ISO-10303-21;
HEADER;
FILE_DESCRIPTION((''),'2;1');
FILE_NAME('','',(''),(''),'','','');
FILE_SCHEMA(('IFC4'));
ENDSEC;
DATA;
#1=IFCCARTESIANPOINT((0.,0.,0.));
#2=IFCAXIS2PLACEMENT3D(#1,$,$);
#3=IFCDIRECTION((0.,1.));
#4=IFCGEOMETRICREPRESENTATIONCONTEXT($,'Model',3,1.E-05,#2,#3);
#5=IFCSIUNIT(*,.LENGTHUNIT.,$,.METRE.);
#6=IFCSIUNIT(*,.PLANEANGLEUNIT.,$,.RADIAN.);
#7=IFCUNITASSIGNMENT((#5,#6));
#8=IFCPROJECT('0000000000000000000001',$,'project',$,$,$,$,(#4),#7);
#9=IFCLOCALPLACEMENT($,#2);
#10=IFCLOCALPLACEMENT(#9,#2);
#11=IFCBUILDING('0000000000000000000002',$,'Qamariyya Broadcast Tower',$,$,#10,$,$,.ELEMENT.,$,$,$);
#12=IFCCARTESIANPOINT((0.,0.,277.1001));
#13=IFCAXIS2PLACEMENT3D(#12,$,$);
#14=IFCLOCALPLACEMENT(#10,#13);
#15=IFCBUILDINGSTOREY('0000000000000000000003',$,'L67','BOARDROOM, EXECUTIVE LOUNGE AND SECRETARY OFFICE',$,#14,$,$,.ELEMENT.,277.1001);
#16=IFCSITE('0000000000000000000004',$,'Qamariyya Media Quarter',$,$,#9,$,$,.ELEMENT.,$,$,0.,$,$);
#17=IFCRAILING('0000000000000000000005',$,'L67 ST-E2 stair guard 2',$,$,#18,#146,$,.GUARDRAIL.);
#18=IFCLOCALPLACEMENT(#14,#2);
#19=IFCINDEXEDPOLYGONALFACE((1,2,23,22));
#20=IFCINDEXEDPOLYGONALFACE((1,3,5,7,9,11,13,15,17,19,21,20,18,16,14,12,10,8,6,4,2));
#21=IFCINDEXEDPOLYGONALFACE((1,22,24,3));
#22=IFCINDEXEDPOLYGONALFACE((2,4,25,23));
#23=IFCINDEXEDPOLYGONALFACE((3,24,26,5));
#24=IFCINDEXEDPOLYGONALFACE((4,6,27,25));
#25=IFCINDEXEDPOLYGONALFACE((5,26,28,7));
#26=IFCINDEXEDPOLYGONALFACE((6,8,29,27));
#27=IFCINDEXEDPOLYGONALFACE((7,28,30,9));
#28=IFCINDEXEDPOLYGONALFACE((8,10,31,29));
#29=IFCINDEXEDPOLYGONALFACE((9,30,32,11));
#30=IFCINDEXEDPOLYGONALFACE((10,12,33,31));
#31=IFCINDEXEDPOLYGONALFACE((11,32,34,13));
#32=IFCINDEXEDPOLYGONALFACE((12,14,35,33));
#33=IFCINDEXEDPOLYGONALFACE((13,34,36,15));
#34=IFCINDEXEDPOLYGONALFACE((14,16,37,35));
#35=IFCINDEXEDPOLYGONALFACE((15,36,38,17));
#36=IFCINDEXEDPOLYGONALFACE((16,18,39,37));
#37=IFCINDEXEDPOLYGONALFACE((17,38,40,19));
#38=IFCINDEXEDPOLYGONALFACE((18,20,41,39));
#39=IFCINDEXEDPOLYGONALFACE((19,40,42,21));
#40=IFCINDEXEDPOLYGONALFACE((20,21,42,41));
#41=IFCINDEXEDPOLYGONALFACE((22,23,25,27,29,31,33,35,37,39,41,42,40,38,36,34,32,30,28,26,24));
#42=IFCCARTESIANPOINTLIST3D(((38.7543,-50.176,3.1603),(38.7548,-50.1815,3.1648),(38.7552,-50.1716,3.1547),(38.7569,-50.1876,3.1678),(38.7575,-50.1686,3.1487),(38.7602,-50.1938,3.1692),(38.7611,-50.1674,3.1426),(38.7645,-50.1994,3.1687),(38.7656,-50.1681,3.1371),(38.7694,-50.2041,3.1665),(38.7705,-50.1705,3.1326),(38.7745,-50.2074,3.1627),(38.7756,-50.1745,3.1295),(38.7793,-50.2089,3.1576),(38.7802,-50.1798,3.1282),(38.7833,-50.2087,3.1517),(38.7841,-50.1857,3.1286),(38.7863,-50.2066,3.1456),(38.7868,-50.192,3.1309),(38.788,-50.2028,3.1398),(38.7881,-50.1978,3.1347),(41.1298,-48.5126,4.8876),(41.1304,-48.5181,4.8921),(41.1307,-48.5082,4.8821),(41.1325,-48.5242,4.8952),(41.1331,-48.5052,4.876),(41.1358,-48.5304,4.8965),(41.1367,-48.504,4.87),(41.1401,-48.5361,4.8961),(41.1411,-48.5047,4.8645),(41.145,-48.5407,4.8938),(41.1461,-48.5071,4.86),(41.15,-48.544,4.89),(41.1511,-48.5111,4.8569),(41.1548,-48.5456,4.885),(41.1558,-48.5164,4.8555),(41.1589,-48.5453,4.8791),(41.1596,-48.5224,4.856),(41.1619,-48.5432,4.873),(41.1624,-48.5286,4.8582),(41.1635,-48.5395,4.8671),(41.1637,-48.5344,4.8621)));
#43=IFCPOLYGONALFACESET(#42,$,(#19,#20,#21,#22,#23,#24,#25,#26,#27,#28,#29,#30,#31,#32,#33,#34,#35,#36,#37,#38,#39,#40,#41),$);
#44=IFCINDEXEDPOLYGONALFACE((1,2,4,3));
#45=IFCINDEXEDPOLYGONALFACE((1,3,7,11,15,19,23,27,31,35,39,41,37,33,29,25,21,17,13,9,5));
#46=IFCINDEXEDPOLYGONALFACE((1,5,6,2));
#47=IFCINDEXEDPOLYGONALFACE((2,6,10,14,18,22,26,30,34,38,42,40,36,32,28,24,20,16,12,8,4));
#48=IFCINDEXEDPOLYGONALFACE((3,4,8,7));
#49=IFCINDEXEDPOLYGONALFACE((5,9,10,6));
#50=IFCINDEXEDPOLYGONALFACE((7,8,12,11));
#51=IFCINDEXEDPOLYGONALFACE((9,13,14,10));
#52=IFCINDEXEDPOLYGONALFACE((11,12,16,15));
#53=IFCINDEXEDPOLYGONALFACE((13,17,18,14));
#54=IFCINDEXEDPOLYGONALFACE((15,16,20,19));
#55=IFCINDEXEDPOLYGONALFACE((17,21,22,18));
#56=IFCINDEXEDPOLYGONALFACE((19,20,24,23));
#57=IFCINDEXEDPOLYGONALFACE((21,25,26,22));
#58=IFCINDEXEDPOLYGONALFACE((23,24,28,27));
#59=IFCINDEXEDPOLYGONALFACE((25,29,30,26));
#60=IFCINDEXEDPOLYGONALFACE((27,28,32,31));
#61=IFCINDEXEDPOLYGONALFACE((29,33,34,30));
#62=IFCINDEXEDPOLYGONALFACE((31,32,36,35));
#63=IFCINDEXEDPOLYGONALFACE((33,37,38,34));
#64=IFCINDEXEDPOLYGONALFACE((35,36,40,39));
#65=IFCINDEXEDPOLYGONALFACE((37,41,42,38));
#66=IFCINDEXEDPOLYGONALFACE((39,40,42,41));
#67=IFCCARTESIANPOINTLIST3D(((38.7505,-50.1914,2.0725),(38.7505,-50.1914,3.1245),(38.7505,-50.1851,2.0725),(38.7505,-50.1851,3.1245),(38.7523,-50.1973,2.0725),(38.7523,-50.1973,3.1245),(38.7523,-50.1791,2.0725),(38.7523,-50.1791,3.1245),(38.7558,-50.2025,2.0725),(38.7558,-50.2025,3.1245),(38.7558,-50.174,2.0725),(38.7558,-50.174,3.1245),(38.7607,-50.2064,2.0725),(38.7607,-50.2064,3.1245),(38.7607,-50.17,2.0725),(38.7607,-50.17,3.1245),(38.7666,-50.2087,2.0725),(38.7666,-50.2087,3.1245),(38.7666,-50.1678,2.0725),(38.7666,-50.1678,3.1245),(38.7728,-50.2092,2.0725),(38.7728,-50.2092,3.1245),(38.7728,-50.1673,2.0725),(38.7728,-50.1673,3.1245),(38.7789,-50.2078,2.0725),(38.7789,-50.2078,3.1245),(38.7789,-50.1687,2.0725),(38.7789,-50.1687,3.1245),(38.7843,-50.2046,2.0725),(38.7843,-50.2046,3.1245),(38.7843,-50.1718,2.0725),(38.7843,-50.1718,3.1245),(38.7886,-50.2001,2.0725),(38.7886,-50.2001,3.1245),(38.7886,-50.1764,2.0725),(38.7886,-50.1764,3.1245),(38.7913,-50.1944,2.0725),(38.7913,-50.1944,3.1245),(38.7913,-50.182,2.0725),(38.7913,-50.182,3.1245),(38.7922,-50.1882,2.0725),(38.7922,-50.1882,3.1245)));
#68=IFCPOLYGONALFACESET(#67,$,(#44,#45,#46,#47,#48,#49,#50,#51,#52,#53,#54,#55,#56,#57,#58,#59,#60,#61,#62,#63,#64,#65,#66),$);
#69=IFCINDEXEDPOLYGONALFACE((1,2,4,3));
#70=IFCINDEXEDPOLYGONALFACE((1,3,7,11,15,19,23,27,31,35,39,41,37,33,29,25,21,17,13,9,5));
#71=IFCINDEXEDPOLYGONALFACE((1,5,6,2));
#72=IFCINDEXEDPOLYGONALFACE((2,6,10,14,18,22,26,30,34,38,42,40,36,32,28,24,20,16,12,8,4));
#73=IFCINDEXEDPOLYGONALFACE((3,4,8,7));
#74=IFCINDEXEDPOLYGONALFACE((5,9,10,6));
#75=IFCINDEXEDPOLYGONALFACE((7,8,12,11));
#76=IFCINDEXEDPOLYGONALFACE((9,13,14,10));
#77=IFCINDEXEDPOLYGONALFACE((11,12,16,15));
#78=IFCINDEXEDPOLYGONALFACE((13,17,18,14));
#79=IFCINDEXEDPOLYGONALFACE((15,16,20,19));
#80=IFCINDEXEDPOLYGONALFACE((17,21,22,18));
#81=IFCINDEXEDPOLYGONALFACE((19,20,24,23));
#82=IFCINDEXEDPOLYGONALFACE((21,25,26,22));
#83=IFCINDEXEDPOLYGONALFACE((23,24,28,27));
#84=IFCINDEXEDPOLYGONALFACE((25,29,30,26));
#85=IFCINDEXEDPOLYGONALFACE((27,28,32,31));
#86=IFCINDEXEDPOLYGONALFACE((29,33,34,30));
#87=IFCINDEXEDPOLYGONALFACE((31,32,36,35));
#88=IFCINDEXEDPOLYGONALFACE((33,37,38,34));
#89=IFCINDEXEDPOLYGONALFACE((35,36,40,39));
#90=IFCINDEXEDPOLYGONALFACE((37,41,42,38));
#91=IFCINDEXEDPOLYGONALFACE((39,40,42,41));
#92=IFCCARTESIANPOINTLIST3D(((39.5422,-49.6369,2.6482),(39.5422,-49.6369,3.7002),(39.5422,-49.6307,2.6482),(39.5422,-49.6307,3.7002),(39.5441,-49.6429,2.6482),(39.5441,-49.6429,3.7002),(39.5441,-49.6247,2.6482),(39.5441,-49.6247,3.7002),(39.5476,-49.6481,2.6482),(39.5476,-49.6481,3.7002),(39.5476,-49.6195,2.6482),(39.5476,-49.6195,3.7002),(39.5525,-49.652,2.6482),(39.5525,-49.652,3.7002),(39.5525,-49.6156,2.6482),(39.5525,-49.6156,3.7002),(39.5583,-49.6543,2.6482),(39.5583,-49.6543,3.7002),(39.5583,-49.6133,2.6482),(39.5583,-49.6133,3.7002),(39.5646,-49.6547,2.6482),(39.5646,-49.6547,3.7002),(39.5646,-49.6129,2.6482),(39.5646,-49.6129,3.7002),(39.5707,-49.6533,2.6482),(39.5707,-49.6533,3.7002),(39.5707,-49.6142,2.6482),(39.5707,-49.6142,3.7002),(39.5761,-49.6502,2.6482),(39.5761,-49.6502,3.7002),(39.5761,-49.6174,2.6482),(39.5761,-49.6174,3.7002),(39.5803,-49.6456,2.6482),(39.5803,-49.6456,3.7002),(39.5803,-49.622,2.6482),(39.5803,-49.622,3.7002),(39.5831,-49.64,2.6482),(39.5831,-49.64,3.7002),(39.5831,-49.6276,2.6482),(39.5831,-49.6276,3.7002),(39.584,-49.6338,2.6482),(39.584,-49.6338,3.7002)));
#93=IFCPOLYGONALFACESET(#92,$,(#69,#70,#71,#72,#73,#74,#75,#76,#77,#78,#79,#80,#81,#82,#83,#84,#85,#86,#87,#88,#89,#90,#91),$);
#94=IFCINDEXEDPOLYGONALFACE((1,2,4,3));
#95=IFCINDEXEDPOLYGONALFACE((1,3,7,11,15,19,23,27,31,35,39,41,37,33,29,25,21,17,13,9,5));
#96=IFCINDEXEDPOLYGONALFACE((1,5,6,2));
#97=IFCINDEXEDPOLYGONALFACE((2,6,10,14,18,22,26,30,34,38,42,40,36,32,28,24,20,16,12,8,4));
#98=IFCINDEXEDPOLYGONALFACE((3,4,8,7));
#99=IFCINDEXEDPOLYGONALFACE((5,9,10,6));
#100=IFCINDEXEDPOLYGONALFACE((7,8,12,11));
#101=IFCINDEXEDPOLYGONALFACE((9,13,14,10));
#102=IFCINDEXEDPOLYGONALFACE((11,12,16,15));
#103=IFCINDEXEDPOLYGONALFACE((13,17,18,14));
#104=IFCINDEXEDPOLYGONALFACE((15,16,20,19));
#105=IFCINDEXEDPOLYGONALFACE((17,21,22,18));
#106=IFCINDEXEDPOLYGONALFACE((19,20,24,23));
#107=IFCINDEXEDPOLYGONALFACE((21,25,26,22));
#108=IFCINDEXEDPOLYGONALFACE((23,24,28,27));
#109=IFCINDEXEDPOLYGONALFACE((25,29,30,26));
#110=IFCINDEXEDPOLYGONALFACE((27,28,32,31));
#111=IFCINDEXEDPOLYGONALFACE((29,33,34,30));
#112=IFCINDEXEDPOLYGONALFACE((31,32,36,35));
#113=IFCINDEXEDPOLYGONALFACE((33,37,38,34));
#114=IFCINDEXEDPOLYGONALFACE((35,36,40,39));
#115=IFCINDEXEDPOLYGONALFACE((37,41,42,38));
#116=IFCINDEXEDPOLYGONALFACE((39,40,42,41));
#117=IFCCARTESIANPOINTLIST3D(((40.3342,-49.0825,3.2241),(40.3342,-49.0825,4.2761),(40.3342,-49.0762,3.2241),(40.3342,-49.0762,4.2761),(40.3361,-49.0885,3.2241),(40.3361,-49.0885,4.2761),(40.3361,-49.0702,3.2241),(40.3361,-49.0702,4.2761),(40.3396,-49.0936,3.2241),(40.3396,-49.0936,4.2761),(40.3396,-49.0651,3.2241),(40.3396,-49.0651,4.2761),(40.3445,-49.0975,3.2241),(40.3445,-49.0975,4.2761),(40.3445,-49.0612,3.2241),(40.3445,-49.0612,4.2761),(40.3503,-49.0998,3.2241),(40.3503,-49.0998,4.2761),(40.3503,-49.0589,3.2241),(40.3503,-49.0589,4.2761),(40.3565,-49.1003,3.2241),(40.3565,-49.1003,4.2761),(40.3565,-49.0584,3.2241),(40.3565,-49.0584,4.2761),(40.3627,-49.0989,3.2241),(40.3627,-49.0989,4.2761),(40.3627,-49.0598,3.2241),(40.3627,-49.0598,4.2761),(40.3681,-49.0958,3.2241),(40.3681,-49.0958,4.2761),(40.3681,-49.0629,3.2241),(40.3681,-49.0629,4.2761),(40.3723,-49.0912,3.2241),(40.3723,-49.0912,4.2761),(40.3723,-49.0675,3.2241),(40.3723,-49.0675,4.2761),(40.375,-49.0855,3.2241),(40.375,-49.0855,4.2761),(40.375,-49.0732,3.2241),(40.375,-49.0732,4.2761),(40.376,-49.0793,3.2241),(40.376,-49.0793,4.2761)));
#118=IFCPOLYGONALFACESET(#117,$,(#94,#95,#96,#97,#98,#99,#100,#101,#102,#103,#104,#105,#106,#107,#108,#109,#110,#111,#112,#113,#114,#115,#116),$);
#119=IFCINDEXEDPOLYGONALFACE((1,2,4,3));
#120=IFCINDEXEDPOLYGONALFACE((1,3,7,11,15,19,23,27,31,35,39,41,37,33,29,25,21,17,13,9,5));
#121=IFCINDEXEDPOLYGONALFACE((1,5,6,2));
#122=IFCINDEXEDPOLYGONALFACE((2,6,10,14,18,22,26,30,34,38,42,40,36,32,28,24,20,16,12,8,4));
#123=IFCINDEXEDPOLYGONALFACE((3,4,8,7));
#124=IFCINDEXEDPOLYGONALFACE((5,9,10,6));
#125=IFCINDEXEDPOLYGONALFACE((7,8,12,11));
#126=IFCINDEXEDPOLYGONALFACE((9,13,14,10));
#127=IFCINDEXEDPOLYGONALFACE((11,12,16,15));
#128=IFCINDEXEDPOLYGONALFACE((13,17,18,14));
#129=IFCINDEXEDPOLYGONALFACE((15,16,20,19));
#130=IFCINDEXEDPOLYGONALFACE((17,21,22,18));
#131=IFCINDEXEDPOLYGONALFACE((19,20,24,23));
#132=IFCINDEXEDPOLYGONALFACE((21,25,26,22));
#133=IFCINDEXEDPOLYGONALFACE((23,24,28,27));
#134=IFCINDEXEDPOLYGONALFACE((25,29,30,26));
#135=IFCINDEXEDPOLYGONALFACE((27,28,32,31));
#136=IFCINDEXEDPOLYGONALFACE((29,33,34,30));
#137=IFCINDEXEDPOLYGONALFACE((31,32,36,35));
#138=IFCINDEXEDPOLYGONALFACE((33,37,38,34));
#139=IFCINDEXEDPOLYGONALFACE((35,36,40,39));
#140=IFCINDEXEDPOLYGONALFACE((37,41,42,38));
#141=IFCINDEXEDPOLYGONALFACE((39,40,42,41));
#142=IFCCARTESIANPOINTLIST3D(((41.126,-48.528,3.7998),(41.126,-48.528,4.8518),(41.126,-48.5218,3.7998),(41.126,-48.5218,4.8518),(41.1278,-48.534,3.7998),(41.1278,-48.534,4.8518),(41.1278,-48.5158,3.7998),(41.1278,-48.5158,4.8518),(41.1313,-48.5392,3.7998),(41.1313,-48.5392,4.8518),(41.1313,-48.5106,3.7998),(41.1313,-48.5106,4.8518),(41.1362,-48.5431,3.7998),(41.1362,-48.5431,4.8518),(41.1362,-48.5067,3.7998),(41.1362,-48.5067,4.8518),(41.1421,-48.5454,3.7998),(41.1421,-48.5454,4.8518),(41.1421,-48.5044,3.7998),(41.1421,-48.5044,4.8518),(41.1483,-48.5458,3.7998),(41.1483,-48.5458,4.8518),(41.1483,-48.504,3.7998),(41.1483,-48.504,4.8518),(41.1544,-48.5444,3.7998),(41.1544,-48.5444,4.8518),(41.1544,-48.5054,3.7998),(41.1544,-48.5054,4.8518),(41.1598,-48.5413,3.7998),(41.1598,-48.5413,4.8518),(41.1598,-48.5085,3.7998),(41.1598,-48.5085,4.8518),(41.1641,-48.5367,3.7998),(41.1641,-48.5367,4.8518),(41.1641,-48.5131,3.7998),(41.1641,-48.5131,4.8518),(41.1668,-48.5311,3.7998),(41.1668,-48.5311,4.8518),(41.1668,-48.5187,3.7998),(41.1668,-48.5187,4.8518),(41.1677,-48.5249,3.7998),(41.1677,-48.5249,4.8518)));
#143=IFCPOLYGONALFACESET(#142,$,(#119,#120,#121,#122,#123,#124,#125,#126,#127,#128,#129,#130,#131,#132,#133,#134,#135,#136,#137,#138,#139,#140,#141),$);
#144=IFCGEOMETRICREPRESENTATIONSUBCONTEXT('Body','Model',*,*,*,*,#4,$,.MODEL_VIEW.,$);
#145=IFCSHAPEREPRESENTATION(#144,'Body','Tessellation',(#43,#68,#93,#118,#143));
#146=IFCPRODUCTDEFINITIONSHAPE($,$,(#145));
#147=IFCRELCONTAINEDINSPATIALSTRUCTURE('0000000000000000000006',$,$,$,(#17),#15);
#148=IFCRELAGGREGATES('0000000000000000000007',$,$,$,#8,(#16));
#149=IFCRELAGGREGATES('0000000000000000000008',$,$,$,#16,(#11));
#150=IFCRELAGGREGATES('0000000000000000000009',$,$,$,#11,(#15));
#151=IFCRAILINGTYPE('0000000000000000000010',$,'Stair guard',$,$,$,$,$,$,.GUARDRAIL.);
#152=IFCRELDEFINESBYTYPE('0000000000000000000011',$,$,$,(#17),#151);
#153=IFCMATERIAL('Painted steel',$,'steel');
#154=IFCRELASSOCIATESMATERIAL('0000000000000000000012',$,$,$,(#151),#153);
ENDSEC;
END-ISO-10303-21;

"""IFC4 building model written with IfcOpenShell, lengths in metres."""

from ifc_helpers import new_model, si_unit, direction, frame, origin, origin_2d, place, context, subcontext, project, spatial, circle, extrude, material, type_object, element, save


model = new_model("IFC4")

# Units and contexts
model_context = context("Model", 3, precision=1e-05, world=origin(), true_north=direction((0.0, 1.0)))
body_context = subcontext(model_context, "Body", "Model", "MODEL_VIEW")
ifc_project = project(units=[si_unit("LENGTHUNIT", "METRE"), si_unit("PLANEANGLEUNIT", "RADIAN")], contexts=[model_context])

# Site, building, storey
site_placement = place(None, origin())
site = spatial("IfcSite", under=ifc_project, at=site_placement, Name="Qamariyya Media Quarter", CompositionType="ELEMENT", RefElevation=0.0)
building_placement = place(site_placement, origin())
building = spatial("IfcBuilding", under=site, at=building_placement, Name="Qamariyya Broadcast Tower", CompositionType="ELEMENT")
storey_placement = place(building_placement, frame((0.0, 0.0, 277.1001)))
storey = spatial("IfcBuildingStorey", under=building, at=storey_placement, Name="L67", Description="BOARDROOM, EXECUTIVE LOUNGE AND SECRETARY OFFICE", CompositionType="ELEMENT", Elevation=277.1001)

# Railing
ifc_material_1 = material(Name="Painted steel", Category="steel")
railing_type_1 = type_object("IfcRailingType", Name="Stair guard", PredefinedType="GUARDRAIL", material=ifc_material_1)
railing_1_placement = place(storey_placement, frame((38.7712, -50.1882, 2.0725)))
element("IfcRailing", 1, at=railing_1_placement, inside=storey, type_object=railing_type_1, Name="L67 ST-E2 stair guard 2", PredefinedType="GUARDRAIL", context=body_context, shape_type="SweptSolid", body=[
    extrude(circle(Radius=0.0239, at=origin_2d()), frame((0.0, 0.0, 1.0762), z_axis=(0.70377, 0.492784, 0.511734), x_axis=(-0.573575, 0.819153, 0.0)), (0.0, 0.0, 1.0), 3.3755),
    extrude(circle(Radius=0.021, at=origin_2d()), origin(), (0.0, 0.0, 1.0), 1.052),
    extrude(circle(Radius=0.021, at=origin_2d()), frame((0.7917, 0.5544, 0.5757)), (0.0, 0.0, 1.0), 1.052),
    extrude(circle(Radius=0.021, at=origin_2d()), frame((1.5837, 1.1089, 1.1516)), (0.0, 0.0, 1.0), 1.052),
    extrude(circle(Radius=0.021, at=origin_2d()), frame((2.3755, 1.6633, 1.7273)), (0.0, 0.0, 1.0), 1.052),
])

save(model, "model.ifc")
